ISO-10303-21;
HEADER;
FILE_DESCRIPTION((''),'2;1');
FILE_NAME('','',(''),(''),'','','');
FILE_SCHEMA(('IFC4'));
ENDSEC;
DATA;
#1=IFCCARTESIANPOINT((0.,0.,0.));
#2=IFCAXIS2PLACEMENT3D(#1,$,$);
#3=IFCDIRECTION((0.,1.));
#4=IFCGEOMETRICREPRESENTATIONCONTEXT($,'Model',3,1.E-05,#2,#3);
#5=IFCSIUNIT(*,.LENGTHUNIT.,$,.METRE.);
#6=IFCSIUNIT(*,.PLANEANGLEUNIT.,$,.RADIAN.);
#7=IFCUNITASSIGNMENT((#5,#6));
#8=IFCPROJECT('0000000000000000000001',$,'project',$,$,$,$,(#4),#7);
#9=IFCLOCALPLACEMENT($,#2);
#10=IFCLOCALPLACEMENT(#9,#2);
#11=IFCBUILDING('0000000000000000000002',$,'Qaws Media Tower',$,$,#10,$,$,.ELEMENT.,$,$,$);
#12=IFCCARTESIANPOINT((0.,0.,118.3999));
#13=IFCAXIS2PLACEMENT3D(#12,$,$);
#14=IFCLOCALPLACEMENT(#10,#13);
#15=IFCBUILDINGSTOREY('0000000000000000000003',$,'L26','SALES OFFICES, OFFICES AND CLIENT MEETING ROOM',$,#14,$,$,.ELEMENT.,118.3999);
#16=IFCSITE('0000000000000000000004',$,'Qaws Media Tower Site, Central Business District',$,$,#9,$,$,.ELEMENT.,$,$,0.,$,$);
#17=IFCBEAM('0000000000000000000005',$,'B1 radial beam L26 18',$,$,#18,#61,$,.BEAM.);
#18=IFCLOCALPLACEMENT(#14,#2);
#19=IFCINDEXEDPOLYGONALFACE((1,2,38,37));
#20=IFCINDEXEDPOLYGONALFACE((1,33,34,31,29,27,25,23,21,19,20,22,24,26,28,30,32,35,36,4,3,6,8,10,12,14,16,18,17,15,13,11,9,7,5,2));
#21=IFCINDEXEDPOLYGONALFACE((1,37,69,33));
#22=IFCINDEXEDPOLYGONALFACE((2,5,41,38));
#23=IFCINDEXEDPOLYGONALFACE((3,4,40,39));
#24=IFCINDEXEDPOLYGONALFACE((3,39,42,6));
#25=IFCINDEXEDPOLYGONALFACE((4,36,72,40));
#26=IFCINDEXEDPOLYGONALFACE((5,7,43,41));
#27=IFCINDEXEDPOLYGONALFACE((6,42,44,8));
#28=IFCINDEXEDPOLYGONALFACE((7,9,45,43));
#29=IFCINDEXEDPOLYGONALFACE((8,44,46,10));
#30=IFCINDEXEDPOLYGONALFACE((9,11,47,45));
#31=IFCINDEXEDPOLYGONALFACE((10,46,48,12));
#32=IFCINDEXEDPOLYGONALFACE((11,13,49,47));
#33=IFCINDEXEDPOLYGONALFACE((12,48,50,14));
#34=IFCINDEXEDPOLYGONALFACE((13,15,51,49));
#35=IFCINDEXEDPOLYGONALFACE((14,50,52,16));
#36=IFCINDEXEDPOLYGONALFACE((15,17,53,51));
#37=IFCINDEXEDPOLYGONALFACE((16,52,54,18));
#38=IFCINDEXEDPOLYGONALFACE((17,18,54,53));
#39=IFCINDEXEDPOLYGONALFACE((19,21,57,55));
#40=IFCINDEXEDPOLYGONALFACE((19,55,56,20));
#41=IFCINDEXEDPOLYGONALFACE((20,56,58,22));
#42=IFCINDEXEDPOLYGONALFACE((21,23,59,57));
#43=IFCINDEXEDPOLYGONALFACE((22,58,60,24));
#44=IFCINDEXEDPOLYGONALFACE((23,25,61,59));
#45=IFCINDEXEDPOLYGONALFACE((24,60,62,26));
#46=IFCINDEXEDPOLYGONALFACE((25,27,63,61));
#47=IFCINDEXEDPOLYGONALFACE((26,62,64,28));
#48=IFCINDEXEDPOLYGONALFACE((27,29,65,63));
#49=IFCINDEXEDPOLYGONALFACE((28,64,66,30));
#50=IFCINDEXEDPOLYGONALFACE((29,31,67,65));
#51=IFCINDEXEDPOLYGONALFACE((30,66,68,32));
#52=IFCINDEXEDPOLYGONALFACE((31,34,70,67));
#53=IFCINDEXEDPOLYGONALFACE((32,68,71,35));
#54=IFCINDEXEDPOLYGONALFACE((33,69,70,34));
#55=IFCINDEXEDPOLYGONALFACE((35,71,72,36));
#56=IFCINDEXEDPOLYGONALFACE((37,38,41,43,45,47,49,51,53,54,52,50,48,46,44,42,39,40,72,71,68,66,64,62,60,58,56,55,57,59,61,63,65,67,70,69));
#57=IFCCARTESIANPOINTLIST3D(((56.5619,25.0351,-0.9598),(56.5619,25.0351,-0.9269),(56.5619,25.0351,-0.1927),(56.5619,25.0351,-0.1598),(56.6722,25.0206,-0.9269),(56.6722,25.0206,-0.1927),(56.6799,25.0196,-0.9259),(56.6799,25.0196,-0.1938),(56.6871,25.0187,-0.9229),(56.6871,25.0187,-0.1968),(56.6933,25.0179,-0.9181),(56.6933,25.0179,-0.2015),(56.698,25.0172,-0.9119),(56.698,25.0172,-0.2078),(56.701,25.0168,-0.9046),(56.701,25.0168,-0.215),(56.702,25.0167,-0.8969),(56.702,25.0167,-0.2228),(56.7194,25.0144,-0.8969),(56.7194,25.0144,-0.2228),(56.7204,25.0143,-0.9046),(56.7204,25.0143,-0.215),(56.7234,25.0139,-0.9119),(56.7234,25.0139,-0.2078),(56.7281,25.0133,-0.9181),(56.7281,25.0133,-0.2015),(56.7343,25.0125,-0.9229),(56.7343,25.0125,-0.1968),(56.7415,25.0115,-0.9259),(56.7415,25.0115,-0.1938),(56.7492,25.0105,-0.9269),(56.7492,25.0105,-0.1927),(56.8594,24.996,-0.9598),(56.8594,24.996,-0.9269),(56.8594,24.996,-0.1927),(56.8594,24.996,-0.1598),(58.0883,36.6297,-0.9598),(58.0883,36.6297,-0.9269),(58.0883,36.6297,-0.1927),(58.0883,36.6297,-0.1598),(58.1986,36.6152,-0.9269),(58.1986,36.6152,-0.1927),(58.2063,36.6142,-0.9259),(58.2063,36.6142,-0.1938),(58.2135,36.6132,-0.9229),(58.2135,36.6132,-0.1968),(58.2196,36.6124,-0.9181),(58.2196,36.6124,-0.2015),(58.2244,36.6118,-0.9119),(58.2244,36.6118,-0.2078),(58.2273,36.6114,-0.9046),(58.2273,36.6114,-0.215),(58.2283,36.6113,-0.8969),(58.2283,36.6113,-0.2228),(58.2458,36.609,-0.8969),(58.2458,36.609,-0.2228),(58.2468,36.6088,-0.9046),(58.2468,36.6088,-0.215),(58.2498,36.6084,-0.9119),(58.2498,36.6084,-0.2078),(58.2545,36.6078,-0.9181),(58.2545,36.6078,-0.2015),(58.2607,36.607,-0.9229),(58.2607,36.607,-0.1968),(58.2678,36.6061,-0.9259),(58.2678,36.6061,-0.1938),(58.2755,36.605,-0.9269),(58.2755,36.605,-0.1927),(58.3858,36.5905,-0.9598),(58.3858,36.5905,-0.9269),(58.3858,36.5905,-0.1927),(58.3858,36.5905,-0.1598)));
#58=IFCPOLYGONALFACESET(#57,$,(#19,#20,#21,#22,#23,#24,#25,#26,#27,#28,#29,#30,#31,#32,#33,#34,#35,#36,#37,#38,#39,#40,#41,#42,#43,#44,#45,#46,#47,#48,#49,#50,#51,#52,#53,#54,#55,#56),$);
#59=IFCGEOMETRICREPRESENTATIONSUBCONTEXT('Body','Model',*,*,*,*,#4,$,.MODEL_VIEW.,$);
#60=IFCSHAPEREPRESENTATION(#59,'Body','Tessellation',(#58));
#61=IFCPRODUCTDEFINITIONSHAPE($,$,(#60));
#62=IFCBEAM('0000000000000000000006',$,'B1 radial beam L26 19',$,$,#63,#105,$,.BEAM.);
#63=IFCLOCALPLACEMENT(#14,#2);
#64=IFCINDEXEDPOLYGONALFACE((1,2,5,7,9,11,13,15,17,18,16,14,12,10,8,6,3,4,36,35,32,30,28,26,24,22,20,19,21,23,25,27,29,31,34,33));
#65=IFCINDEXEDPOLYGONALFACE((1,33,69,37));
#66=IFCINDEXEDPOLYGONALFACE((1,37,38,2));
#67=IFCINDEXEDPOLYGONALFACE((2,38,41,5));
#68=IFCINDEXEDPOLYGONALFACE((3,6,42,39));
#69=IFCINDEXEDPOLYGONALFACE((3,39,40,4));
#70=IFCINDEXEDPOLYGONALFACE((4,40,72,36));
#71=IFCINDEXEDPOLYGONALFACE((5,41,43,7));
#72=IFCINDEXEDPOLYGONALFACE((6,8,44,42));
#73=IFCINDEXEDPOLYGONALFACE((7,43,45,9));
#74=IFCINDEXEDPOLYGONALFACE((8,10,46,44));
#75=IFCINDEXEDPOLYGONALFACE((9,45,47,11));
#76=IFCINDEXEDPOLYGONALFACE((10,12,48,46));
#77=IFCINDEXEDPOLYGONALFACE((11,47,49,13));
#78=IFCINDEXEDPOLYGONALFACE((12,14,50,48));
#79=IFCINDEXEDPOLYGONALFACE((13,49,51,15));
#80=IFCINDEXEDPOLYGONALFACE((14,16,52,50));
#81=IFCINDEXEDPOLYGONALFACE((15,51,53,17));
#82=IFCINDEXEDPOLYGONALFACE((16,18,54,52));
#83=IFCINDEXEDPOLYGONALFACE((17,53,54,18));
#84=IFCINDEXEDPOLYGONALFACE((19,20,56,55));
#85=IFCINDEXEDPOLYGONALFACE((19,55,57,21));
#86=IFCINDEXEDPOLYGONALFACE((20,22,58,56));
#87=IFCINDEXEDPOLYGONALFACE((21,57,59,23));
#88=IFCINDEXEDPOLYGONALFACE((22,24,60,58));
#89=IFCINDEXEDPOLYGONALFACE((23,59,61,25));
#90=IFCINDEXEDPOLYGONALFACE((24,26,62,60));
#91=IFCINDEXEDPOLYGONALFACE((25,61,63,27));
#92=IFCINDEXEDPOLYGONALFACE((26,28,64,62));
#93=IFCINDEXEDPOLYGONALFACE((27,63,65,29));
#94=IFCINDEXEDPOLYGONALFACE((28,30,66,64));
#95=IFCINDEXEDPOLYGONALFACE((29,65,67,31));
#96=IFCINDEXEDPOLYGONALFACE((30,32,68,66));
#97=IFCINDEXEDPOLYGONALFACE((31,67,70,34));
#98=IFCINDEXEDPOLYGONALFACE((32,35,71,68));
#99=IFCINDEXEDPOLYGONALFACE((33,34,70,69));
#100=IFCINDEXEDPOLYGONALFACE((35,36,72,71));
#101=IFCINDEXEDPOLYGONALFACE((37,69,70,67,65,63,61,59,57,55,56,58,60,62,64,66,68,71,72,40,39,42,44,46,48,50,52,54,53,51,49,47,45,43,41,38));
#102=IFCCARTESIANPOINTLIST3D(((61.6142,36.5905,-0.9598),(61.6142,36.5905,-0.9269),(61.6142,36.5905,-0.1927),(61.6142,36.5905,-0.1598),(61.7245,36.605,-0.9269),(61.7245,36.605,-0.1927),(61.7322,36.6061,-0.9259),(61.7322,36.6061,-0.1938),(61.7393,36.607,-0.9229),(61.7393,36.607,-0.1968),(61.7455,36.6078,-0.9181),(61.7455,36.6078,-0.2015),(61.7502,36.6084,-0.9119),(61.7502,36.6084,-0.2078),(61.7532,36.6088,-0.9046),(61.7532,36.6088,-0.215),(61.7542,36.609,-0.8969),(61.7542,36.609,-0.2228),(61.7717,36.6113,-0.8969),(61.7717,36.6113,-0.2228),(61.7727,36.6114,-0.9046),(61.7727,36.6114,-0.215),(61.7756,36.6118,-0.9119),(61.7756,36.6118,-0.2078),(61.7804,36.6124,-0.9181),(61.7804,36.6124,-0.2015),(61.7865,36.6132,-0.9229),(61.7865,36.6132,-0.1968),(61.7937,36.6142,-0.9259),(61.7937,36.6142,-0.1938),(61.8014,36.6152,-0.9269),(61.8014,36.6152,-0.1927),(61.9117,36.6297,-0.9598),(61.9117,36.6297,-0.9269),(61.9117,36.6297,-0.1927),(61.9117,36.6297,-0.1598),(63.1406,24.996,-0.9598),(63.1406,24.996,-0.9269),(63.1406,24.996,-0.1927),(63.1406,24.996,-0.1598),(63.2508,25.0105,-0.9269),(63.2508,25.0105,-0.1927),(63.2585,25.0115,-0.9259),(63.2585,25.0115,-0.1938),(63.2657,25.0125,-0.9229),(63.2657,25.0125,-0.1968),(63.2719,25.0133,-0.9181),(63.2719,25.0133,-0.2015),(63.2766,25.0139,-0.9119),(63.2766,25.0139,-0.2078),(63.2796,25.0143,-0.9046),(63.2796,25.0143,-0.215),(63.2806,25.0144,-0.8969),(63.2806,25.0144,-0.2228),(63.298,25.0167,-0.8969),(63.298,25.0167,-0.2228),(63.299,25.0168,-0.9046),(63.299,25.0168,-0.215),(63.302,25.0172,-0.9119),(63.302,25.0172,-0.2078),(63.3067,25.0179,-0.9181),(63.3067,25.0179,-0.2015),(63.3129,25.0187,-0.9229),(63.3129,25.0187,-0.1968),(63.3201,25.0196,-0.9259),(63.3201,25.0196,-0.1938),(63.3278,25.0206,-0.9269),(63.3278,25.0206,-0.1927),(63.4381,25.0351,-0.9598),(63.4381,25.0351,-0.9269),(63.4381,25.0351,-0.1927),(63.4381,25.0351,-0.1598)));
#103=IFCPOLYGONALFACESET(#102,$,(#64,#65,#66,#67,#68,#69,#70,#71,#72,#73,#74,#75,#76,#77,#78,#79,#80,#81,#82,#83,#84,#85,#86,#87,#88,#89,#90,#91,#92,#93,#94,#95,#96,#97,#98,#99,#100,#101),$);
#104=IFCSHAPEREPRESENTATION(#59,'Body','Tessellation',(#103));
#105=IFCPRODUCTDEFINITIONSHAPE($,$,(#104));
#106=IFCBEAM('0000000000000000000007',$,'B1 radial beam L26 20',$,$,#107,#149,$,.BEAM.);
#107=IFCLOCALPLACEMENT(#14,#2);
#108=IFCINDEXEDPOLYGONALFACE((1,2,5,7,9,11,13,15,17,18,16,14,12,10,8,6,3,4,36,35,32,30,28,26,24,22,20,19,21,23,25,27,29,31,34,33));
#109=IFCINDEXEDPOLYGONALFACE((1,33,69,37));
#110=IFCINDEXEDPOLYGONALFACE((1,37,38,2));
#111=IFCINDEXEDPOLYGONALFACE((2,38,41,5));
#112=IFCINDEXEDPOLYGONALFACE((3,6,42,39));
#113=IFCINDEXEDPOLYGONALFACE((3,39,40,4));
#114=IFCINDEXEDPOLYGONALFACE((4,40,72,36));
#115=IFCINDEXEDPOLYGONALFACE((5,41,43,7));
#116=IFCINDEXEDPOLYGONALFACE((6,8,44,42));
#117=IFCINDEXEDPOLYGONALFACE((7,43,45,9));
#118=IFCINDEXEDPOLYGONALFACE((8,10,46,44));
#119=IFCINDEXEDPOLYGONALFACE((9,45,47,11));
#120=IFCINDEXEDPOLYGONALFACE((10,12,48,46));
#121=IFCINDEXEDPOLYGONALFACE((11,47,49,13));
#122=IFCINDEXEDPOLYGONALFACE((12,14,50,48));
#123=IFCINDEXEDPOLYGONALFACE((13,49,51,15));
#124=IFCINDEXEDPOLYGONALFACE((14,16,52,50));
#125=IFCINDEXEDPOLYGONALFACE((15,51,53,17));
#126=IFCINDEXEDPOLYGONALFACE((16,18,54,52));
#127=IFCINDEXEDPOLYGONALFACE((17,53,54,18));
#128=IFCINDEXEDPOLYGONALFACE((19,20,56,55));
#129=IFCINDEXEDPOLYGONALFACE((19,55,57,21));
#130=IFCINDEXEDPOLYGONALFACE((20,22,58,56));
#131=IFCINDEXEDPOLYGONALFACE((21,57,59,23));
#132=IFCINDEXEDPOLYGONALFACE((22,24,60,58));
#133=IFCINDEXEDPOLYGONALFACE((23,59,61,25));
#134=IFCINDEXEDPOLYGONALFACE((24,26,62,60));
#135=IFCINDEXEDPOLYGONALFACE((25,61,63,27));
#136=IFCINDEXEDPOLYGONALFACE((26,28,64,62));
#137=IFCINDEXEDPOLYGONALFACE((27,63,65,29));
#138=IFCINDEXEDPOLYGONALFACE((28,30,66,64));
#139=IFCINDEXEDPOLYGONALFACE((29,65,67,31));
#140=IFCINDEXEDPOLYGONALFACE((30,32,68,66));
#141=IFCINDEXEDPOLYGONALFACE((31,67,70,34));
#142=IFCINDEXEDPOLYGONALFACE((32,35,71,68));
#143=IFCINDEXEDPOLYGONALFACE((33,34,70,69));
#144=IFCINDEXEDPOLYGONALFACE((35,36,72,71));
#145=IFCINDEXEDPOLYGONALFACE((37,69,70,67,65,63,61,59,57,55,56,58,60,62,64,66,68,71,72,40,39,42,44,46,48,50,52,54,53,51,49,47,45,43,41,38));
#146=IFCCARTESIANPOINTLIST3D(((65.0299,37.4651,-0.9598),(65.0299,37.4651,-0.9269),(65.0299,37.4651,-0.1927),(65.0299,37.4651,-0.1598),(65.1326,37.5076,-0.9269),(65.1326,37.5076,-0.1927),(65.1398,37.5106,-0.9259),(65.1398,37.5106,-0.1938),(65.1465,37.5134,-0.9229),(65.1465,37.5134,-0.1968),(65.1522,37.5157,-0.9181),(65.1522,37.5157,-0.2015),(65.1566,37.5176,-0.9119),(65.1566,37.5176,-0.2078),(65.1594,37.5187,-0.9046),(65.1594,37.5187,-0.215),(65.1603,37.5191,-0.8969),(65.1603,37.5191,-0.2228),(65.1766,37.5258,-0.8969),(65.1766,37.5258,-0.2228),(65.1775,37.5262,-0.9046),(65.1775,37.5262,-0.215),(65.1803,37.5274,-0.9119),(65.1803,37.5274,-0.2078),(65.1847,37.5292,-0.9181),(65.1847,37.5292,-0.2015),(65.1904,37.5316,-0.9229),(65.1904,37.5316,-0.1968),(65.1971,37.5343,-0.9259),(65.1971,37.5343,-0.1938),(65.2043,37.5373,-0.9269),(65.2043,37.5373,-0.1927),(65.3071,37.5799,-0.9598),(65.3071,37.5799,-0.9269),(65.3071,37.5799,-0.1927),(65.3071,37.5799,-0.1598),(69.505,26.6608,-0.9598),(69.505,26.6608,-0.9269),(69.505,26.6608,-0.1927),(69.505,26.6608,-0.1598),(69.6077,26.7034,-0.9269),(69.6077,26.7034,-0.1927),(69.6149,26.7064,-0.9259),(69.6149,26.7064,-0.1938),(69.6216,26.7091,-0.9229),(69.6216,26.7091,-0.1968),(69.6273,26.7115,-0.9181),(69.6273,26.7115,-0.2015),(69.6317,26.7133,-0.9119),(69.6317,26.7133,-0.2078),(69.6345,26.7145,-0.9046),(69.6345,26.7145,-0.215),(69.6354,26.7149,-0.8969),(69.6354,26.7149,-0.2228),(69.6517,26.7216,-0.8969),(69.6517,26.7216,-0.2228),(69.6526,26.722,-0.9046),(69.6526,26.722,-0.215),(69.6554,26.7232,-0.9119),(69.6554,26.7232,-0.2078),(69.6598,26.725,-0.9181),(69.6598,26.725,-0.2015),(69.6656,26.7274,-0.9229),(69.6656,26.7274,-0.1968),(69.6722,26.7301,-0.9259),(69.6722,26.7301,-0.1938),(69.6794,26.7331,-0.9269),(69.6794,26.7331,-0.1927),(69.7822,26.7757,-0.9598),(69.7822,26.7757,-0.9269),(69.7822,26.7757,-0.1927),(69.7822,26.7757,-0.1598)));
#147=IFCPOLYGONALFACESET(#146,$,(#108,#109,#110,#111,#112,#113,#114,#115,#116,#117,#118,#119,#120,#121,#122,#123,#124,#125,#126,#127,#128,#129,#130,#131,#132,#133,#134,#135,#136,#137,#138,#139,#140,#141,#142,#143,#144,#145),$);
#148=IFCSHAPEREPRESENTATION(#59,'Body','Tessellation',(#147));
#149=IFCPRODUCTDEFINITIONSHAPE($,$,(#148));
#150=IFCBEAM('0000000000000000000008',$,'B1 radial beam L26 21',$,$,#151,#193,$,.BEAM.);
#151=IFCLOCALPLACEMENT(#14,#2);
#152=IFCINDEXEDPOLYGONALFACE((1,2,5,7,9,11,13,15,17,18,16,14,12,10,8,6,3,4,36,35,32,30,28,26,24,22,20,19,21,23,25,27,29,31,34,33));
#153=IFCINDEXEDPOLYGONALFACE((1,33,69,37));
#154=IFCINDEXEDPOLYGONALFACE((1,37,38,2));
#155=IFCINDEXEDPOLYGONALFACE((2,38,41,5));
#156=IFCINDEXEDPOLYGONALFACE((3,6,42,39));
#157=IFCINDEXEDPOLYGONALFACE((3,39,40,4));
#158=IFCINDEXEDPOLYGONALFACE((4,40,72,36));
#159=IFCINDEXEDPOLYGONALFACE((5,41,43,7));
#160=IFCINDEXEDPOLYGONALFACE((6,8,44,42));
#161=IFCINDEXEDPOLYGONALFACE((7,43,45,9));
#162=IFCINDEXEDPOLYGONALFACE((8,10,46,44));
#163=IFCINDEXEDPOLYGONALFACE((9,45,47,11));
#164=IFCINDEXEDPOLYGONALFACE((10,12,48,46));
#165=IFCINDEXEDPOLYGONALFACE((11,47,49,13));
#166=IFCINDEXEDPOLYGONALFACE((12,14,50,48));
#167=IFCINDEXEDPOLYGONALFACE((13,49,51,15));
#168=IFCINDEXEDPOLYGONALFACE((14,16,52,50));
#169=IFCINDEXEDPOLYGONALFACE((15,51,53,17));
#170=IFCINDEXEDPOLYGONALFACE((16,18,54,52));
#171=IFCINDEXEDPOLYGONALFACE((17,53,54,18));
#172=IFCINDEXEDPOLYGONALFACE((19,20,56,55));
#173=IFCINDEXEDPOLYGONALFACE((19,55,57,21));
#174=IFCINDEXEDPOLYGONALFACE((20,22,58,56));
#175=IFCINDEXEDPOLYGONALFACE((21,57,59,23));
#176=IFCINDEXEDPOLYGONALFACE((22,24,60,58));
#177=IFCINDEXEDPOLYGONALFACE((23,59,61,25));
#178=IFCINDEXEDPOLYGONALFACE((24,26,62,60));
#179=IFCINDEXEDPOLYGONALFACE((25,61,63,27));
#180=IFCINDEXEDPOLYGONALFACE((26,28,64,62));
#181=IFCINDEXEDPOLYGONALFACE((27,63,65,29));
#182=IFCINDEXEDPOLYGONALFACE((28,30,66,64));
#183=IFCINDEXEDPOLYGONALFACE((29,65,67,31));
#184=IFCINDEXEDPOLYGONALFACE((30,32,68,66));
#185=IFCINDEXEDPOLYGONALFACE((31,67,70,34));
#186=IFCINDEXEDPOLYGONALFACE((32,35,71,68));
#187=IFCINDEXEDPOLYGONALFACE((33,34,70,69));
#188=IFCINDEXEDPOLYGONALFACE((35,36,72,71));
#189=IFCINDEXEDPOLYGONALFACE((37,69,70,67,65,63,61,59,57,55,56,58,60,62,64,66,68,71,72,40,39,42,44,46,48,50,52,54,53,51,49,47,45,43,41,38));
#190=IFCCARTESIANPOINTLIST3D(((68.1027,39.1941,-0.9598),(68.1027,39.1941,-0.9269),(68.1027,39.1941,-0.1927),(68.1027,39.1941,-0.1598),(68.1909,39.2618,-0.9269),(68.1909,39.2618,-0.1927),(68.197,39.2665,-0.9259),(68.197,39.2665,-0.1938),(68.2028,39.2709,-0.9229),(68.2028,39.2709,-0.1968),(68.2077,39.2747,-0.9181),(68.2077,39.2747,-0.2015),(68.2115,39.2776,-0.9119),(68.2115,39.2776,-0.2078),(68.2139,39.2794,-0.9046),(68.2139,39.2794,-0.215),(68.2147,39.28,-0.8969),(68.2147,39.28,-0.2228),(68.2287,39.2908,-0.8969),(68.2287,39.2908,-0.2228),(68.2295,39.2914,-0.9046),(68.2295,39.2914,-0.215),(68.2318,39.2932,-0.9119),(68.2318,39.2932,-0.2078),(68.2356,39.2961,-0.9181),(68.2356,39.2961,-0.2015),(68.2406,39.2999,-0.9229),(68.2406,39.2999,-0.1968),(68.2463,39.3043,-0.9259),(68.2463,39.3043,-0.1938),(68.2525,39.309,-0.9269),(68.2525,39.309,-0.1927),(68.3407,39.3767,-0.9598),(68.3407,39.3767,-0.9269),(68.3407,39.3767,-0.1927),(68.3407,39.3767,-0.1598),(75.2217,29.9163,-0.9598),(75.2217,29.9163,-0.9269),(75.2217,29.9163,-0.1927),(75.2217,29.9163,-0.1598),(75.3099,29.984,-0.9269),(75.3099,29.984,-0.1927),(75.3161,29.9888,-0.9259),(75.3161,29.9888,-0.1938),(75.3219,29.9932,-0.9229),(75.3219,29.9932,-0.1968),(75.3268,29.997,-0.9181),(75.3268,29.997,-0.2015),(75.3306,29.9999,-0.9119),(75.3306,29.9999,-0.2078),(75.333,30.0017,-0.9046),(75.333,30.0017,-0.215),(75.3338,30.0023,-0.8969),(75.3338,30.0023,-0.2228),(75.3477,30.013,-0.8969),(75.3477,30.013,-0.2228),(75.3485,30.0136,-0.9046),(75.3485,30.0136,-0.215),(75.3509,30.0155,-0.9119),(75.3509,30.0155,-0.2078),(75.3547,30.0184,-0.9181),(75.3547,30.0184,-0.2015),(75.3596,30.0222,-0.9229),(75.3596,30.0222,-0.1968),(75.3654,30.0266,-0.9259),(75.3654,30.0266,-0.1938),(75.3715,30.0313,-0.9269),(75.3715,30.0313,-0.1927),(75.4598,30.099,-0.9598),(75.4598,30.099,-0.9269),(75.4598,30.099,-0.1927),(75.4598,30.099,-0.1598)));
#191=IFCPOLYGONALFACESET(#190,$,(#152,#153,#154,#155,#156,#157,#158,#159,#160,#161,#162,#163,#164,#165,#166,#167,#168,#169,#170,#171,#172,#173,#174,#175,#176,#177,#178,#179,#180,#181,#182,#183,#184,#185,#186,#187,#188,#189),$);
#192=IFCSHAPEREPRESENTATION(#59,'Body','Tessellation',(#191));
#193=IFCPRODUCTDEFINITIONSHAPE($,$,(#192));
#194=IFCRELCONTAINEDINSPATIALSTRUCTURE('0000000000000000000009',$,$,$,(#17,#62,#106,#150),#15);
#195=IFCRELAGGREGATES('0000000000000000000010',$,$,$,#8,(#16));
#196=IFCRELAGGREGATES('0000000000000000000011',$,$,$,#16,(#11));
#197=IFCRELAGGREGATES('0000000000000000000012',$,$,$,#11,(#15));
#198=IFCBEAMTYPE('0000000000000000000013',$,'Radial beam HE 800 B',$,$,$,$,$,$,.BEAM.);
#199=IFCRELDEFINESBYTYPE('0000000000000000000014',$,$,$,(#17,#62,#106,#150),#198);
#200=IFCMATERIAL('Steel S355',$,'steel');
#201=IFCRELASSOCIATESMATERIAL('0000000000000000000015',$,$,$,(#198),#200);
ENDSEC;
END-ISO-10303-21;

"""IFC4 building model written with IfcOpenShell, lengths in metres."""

from ifc_helpers import new_model, si_unit, direction, frame, origin, origin_2d, place, context, subcontext, project, spatial, i_section, extrude, material, material_profile, profile_set, type_object, element, save


model = new_model("IFC4")

# Units and contexts
model_context = context("Model", 3, precision=1e-05, world=origin(), true_north=direction((0.0, 1.0)))
body_context = subcontext(model_context, "Body", "Model", "MODEL_VIEW")
ifc_project = project(units=[si_unit("LENGTHUNIT", "METRE"), si_unit("PLANEANGLEUNIT", "RADIAN")], contexts=[model_context])

# Site, building, storey
site_placement = place(None, origin())
site = spatial("IfcSite", under=ifc_project, at=site_placement, Name="Qaws Media Tower Site, Central Business District", CompositionType="ELEMENT", RefElevation=0.0)
building_placement = place(site_placement, origin())
building = spatial("IfcBuilding", under=site, at=building_placement, Name="Qaws Media Tower", CompositionType="ELEMENT")
storey_placement = place(building_placement, frame((0.0, 0.0, 118.3999)))
storey = spatial("IfcBuildingStorey", under=building, at=storey_placement, Name="L26", Description="SALES OFFICES, OFFICES AND CLIENT MEETING ROOM", CompositionType="ELEMENT", Elevation=118.3999)

# Beams
ifc_material_1 = material(Name="Steel S355", Category="steel")
ifc_material_profile_1 = material_profile(ifc_material_1, i_section(OverallWidth=0.3, OverallDepth=0.8, WebThickness=0.0176, FlangeThickness=0.033, FilletRadius=0.03, at=origin_2d()), Name="HE 800 B")
ifc_profile_set_1 = profile_set([ifc_material_profile_1], Name="Steel S355")
beam_type_1 = type_object("IfcBeamType", Name="Radial beam HE 800 B", PredefinedType="BEAM", material=ifc_profile_set_1)
for number, where, z_axis, x_axis, name in (
    (1, (58.2371, 36.6101, -0.5598), (-0.13052, -0.991446, 0.0), (0.991446, -0.13052, 0.0), "B1 radial beam L26 18"),
    (2, (61.7629, 36.6101, -0.5598), (0.13052, -0.991446, 0.0), (0.991446, 0.13052, 0.0), "B1 radial beam L26 19"),
):
    element("IfcBeam", number, at=place(storey_placement, frame(where, z_axis=z_axis, x_axis=x_axis)), inside=storey, type_object=beam_type_1, Name=name, PredefinedType="BEAM", context=body_context, shape_type="SweptSolid", body=[
        extrude(i_section(OverallWidth=0.3, OverallDepth=0.8, WebThickness=0.0176, FlangeThickness=0.033, FilletRadius=0.03, at=origin_2d()), origin(), (0.0, 0.0, 1.0), 11.6946),
    ])
for number, where, z_axis, x_axis, name in (
    (3, (65.1685, 37.5225, -0.5598), (0.382673, -0.923884, 0.0), (0.923884, 0.382673, 0.0), "B1 radial beam L26 20"),
    (4, (68.2217, 39.2854, -0.5598), (0.608762, -0.793353, 0.0), (0.793353, 0.608762, 0.0), "B1 radial beam L26 21"),
):
    element("IfcBeam", number, at=place(storey_placement, frame(where, z_axis=z_axis, x_axis=x_axis)), inside=storey, type_object=beam_type_1, Name=name, PredefinedType="BEAM", context=body_context, shape_type="SweptSolid", body=[
        extrude(i_section(OverallWidth=0.3, OverallDepth=0.8, WebThickness=0.0176, FlangeThickness=0.033, FilletRadius=0.03, at=origin_2d()), origin(), (0.0, 0.0, 1.0), 11.6943),
    ])

save(model, "model.ifc")
